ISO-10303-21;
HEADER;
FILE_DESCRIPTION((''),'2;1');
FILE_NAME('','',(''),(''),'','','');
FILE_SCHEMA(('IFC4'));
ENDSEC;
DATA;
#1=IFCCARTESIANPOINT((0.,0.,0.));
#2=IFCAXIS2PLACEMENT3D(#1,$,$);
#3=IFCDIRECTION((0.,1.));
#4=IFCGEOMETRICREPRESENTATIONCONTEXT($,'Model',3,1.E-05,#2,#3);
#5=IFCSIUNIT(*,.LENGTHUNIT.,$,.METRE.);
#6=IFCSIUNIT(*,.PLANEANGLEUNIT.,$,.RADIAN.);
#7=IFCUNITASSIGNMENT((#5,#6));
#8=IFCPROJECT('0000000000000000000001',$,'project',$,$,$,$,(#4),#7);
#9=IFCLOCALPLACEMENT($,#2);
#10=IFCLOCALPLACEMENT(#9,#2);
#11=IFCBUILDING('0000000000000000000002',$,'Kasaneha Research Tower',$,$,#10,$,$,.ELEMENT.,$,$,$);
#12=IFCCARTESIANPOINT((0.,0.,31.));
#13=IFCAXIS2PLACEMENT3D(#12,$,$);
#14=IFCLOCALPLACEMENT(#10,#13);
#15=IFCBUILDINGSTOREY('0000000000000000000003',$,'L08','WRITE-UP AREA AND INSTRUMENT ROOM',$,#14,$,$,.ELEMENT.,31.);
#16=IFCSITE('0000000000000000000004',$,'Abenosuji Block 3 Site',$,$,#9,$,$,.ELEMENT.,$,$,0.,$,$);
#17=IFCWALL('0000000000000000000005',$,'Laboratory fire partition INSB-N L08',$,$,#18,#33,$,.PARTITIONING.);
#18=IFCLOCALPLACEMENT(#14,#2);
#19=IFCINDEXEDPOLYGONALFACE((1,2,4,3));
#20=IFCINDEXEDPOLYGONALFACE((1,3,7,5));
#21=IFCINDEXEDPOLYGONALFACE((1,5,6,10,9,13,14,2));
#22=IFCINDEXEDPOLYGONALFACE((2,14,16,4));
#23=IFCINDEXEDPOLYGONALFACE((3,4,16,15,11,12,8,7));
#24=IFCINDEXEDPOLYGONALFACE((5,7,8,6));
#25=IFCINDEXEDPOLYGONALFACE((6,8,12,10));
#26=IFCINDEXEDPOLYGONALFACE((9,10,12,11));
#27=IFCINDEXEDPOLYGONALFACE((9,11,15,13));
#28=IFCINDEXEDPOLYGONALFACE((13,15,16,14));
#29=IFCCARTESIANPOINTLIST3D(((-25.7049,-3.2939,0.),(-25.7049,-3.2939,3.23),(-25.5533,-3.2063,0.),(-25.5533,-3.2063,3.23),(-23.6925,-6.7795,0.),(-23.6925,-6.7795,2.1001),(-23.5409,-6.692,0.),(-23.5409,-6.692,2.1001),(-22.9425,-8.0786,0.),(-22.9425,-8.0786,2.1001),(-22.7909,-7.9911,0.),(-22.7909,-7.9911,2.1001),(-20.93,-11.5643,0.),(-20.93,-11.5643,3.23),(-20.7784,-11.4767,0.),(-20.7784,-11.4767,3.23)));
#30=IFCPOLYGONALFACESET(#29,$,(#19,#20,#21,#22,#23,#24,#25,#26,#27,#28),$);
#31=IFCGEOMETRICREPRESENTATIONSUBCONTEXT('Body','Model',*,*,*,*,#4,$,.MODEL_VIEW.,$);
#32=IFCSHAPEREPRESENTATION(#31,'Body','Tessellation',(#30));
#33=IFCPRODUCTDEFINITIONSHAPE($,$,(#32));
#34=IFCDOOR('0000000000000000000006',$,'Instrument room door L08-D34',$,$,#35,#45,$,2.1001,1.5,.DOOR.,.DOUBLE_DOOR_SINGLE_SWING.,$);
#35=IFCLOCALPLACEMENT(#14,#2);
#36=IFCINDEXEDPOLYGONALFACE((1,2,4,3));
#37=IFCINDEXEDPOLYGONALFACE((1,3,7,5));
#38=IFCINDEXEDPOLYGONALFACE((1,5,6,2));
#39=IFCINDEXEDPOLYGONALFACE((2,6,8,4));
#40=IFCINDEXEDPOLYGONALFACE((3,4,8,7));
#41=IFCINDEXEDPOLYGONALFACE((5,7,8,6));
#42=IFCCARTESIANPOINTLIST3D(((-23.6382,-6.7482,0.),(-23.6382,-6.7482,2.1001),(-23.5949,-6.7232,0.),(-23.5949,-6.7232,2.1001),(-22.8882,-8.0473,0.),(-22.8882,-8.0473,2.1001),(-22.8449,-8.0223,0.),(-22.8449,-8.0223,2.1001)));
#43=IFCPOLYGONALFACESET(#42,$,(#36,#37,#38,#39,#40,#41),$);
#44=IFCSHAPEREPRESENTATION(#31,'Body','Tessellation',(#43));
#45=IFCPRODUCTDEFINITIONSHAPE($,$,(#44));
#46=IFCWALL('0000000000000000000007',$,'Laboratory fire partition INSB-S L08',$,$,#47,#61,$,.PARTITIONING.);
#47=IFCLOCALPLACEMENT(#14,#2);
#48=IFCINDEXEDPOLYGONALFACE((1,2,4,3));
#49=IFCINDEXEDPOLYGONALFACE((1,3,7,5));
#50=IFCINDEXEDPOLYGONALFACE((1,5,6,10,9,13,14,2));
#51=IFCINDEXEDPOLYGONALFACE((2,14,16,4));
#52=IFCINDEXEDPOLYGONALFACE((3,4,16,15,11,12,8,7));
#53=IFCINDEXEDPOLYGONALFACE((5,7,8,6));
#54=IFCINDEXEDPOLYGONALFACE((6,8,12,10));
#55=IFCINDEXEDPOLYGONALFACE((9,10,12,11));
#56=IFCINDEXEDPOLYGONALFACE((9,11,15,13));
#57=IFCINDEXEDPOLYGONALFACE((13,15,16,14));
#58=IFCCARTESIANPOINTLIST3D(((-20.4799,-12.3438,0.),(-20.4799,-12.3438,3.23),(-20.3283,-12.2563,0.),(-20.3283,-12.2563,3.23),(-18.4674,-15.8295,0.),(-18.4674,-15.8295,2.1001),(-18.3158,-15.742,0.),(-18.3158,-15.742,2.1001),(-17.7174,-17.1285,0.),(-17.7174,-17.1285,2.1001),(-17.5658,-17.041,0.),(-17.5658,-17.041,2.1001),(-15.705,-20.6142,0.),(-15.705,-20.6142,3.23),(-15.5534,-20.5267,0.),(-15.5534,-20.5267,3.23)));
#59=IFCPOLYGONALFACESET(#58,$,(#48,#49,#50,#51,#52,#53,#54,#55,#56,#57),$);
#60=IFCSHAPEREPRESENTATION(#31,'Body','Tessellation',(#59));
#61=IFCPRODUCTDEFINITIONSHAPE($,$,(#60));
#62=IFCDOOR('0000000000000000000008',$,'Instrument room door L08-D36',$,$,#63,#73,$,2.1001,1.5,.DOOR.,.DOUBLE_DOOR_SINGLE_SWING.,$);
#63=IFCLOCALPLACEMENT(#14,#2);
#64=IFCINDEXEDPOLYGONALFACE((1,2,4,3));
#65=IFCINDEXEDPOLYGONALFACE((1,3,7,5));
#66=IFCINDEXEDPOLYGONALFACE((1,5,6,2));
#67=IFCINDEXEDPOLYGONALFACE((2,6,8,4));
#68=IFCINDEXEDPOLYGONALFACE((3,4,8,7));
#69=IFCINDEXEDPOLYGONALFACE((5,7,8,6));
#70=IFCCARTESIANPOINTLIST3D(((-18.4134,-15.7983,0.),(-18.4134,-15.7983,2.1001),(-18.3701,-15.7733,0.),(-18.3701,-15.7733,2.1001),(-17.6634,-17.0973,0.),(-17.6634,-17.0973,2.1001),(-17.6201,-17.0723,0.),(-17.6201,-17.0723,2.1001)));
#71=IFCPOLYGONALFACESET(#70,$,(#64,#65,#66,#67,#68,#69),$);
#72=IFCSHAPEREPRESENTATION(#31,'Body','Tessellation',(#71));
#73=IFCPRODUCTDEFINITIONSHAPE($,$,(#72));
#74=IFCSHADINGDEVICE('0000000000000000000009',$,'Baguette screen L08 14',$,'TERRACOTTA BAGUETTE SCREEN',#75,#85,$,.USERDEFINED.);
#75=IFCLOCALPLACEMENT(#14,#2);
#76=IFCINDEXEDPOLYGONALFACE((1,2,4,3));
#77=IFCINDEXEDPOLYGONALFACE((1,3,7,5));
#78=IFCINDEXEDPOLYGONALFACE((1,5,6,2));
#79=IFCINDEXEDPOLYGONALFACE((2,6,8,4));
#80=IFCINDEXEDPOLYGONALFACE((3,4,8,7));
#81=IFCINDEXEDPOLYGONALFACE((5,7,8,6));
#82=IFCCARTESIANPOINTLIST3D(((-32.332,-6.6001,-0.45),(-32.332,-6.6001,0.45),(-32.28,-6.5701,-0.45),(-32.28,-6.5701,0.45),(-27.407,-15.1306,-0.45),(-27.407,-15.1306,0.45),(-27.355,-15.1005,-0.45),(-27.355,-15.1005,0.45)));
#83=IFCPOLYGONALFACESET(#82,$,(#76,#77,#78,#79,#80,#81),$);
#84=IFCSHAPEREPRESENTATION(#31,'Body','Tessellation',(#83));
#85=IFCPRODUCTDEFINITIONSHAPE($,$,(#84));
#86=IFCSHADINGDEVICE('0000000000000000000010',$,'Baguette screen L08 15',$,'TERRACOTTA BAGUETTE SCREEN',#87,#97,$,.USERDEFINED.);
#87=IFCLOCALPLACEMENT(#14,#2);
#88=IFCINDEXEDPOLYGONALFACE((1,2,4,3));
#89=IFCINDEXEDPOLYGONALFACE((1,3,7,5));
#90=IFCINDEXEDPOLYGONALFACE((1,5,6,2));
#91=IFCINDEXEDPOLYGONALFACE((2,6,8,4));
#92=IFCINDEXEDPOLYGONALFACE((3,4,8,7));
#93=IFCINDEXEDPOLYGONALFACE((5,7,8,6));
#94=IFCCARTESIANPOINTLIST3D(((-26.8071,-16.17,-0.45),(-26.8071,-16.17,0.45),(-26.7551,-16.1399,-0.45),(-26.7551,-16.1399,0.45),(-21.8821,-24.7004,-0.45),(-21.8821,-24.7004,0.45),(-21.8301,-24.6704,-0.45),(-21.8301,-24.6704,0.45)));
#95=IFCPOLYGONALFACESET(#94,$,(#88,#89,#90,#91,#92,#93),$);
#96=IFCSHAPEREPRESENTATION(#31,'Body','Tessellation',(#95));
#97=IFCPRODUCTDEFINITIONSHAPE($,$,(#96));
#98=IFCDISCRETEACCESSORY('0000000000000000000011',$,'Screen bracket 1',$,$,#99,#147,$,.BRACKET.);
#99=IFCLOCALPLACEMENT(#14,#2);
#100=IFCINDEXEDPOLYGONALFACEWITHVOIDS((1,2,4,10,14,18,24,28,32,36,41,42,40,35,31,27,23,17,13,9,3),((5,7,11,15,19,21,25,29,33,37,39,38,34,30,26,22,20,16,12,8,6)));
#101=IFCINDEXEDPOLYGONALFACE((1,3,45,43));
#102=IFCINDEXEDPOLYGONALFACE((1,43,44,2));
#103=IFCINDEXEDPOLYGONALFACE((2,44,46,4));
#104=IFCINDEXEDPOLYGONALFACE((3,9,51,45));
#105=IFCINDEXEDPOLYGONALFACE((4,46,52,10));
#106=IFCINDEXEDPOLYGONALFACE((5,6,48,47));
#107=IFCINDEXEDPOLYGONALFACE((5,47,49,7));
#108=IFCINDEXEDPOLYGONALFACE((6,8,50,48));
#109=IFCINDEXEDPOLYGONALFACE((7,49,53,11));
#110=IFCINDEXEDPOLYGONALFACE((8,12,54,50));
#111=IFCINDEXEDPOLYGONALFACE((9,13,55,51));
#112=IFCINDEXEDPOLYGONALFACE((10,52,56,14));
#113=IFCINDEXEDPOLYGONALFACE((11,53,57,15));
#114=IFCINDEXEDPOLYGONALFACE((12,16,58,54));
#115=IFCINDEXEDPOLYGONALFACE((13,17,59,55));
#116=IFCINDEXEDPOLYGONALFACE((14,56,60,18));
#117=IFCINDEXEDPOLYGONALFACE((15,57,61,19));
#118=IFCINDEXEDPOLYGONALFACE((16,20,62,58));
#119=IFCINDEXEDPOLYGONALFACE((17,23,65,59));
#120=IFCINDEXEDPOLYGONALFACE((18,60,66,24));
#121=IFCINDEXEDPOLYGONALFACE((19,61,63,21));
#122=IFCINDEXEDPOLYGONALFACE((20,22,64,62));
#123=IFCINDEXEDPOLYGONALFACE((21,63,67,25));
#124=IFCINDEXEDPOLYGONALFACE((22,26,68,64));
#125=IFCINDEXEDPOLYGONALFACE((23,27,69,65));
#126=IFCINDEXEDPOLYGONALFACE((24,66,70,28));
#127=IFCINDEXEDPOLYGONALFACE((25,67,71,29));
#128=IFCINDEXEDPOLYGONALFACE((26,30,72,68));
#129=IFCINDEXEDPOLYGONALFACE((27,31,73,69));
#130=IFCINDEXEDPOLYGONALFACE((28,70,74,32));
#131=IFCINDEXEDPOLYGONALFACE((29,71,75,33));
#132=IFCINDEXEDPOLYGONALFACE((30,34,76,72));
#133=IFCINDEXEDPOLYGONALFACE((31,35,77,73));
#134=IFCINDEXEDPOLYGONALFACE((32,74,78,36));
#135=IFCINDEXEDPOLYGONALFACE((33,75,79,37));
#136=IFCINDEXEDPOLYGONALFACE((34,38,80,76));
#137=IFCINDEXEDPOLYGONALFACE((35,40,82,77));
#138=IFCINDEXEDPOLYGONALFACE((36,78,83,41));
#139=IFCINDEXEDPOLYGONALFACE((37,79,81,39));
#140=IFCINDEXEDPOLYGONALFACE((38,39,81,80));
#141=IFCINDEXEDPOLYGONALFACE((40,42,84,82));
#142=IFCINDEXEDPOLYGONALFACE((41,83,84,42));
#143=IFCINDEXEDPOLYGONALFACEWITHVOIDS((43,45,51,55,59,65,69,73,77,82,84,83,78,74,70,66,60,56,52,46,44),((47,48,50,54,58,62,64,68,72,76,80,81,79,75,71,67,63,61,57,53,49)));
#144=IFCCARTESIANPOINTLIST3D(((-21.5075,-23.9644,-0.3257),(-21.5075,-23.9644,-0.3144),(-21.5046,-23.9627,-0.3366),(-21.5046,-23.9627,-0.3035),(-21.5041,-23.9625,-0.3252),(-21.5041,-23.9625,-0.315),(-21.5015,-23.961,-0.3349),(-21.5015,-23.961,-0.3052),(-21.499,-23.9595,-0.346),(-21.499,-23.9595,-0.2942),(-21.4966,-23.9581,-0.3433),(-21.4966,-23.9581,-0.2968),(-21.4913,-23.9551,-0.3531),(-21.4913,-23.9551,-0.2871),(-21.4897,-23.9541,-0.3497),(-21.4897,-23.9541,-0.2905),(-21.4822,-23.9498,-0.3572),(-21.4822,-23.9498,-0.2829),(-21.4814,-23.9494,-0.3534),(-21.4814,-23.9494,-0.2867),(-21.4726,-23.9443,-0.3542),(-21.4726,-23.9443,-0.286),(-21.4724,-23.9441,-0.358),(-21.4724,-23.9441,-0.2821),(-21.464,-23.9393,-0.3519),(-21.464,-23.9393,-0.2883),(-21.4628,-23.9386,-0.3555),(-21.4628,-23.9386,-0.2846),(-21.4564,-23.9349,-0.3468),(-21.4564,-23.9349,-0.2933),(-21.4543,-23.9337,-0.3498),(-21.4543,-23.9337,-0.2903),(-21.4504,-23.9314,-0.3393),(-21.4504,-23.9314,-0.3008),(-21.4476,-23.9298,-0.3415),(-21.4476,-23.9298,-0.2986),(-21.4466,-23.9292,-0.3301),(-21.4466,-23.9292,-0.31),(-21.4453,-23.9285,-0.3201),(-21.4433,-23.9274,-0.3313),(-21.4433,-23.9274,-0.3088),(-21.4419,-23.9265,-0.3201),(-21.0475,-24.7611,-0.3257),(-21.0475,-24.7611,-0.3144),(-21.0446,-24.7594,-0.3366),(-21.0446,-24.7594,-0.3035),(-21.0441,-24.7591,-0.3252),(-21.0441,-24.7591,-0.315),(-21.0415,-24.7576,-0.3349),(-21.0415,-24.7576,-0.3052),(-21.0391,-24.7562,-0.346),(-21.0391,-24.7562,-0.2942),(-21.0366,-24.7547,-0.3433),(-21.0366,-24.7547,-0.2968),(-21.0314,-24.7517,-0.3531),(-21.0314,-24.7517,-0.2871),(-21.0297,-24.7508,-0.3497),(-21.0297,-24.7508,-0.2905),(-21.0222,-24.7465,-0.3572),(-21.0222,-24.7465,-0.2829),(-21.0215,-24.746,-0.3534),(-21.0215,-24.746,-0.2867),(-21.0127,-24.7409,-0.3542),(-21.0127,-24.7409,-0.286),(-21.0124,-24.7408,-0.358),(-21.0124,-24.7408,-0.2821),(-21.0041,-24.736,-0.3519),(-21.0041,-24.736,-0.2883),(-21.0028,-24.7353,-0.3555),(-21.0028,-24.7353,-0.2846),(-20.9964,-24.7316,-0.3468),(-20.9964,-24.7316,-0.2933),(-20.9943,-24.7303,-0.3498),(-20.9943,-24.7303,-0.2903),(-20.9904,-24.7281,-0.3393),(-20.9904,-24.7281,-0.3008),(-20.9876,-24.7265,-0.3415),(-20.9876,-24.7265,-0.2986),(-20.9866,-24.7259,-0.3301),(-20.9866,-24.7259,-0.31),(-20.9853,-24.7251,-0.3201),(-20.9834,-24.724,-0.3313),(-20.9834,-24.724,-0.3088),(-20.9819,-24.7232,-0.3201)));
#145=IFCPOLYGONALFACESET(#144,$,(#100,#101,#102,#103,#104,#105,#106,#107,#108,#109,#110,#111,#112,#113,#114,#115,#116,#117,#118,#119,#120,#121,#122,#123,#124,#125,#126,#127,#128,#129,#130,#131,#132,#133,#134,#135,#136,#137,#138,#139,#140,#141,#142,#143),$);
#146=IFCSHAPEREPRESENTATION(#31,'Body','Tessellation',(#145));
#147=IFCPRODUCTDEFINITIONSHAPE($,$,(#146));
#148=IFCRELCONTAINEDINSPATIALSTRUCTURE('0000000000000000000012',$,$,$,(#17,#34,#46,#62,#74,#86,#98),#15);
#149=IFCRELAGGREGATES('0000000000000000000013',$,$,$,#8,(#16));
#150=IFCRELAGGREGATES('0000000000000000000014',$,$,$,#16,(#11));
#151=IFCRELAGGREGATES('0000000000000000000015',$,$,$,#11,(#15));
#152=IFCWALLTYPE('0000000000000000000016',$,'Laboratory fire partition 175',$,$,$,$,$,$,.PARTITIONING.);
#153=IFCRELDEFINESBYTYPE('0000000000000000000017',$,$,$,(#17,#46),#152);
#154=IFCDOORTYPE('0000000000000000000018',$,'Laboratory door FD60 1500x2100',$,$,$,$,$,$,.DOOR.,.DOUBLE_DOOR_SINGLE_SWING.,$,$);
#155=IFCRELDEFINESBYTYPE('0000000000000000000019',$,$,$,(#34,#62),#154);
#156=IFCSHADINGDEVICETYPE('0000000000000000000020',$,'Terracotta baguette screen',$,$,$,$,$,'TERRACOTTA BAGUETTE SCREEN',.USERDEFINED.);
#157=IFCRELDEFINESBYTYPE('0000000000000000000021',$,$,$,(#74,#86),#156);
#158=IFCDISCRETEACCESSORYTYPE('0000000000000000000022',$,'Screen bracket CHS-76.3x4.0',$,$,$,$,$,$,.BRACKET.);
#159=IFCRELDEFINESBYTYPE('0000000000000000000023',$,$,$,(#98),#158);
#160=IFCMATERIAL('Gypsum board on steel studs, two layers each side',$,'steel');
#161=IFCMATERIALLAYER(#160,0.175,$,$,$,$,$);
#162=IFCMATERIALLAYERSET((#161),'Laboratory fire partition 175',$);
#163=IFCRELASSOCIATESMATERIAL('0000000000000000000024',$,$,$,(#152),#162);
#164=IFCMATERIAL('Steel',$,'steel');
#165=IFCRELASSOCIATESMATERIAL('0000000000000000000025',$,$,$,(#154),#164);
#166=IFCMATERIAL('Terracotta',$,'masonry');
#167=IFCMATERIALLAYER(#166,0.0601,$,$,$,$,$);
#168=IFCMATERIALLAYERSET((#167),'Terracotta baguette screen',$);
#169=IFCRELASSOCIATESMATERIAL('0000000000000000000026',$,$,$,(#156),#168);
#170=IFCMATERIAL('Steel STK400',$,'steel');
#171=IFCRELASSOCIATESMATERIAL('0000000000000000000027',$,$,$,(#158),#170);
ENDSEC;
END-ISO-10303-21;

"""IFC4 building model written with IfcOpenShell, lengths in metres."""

from ifc_helpers import new_model, si_unit, direction, frame, frame_2d, origin, origin_2d, place, context, subcontext, project, spatial, rectangle, hollow_circle, extrude, material, layer, layer_set, material_profile, profile_set, type_object, element, fill, save


model = new_model("IFC4")

# Units and contexts
model_context = context("Model", 3, precision=1e-05, world=origin(), true_north=direction((0.0, 1.0)))
body_context = subcontext(model_context, "Body", "Model", "MODEL_VIEW")
ifc_project = project(units=[si_unit("LENGTHUNIT", "METRE"), si_unit("PLANEANGLEUNIT", "RADIAN")], contexts=[model_context])

# Site, building, storey
site_placement = place(None, origin())
site = spatial("IfcSite", under=ifc_project, at=site_placement, Name="Abenosuji Block 3 Site", CompositionType="ELEMENT", RefElevation=0.0)
building_placement = place(site_placement, origin())
building = spatial("IfcBuilding", under=site, at=building_placement, Name="Kasaneha Research Tower", CompositionType="ELEMENT")
storey_placement = place(building_placement, frame((0.0, 0.0, 31.0)))
storey = spatial("IfcBuildingStorey", under=building, at=storey_placement, Name="L08", Description="WRITE-UP AREA AND INSTRUMENT ROOM", CompositionType="ELEMENT", Elevation=31.0)

# Walls, openings, doors
ifc_material_1 = material(Name="Gypsum board on steel studs, two layers each side", Category="steel")
ifc_layer_1 = layer(ifc_material_1, 0.175)
ifc_layer_set_1 = layer_set([ifc_layer_1], Name="Laboratory fire partition 175")
wall_type = type_object("IfcWallType", Name="Laboratory fire partition 175", PredefinedType="PARTITIONING", material=ifc_layer_set_1)
wall_1_placement = place(storey_placement, frame((-20.8542, -11.5205, 0.0), z_axis=(0.0, 0.0, 1.0), x_axis=(-0.499994, 0.866029, 0.0)))
wall_1 = element("IfcWall", 1, at=wall_1_placement, inside=storey, type_object=wall_type, Name="Laboratory fire partition INSB-N L08", PredefinedType="PARTITIONING", context=body_context, shape_type="SweptSolid", body=[
    extrude(rectangle(XDim=9.5498, YDim=0.175, at=frame_2d((4.7749, 0.0))), origin(), (0.0, 0.0, 1.0), 3.23),
])
opening_1_placement = place(wall_1_placement, frame((4.0249, 0.0, 0.0)))
opening_1 = element("IfcOpeningElement", 2, at=opening_1_placement, cuts=wall_1, PredefinedType="OPENING", context=body_context, shape_type="SweptSolid", body=[
    extrude(rectangle(XDim=1.5, YDim=2.1001, at=frame_2d((0.75, 1.05))), frame((0.0, 0.0977, 0.0), z_axis=(0.0, -1.0, 0.0), x_axis=(1.0, 0.0, 0.0)), (0.0, 0.0, 1.0), 0.1951),
])
ifc_material_2 = material(Name="Steel", Category="steel")
door_type = type_object("IfcDoorType", Name="Laboratory door FD60 1500x2100", OperationType="DOUBLE_DOOR_SINGLE_SWING", PredefinedType="DOOR", material=ifc_material_2)
door_1_placement = place(opening_1_placement, origin())
door_1 = element("IfcDoor", 3, at=door_1_placement, inside=storey, type_object=door_type, Name="Instrument room door L08-D34", OperationType="DOUBLE_DOOR_SINGLE_SWING", OverallHeight=2.1001, OverallWidth=1.5, PredefinedType="DOOR", context=body_context, shape_type="SweptSolid", body=[
    extrude(rectangle(XDim=1.5, YDim=2.1001, at=frame_2d((0.75, 1.05))), frame((0.0, 0.0249, 0.0), z_axis=(0.0, -1.0, 0.0), x_axis=(1.0, 0.0, 0.0)), (0.0, 0.0, 1.0), 0.05),
])
fill(opening_1, door_1)
wall_2_placement = place(storey_placement, frame((-20.4041, -12.3, 0.0), z_axis=(0.0, 0.0, 1.0), x_axis=(0.499994, -0.866029, 0.0)))
wall_2 = element("IfcWall", 4, at=wall_2_placement, inside=storey, type_object=wall_type, Name="Laboratory fire partition INSB-S L08", PredefinedType="PARTITIONING", context=body_context, shape_type="SweptSolid", body=[
    extrude(rectangle(XDim=9.5498, YDim=0.175, at=frame_2d((4.7749, 0.0))), origin(), (0.0, 0.0, 1.0), 3.23),
])
opening_2_placement = place(wall_2_placement, frame((4.0249, 0.0, 0.0)))
opening_2 = element("IfcOpeningElement", 5, at=opening_2_placement, cuts=wall_2, PredefinedType="OPENING", context=body_context, shape_type="SweptSolid", body=[
    extrude(rectangle(XDim=1.5, YDim=2.1001, at=frame_2d((0.75, 1.05))), frame((0.0, 0.0977, 0.0), z_axis=(0.0, -1.0, 0.0), x_axis=(1.0, 0.0, 0.0)), (0.0, 0.0, 1.0), 0.1951),
])
door_2_placement = place(opening_2_placement, origin())
door_2 = element("IfcDoor", 6, at=door_2_placement, inside=storey, type_object=door_type, Name="Instrument room door L08-D36", OperationType="DOUBLE_DOOR_SINGLE_SWING", OverallHeight=2.1001, OverallWidth=1.5, PredefinedType="DOOR", context=body_context, shape_type="SweptSolid", body=[
    extrude(rectangle(XDim=1.5, YDim=2.1001, at=frame_2d((0.75, 1.05))), frame((0.0, 0.0249, 0.0), z_axis=(0.0, -1.0, 0.0), x_axis=(1.0, 0.0, 0.0)), (0.0, 0.0, 1.0), 0.05),
])
fill(opening_2, door_2)

# Shading devices
ifc_material_3 = material(Name="Terracotta", Category="masonry")
ifc_layer_2 = layer(ifc_material_3, 0.0601)
ifc_layer_set_2 = layer_set([ifc_layer_2], Name="Terracotta baguette screen")
shading_device_type = type_object("IfcShadingDeviceType", Name="Terracotta baguette screen", ElementType="TERRACOTTA BAGUETTE SCREEN", PredefinedType="USERDEFINED", material=ifc_layer_set_2)
for number, where, z_axis, x_axis, name in (
    (7, (-29.8435, -10.8503, -0.45), (0.0, 0.0, 1.0), (0.5, -0.866025, 0.0), "Baguette screen L08 14"),
    (8, (-24.3186, -20.4202, -0.45), (0.0, 0.0, 1.0), (0.5, -0.866025, 0.0), "Baguette screen L08 15"),
):
    element("IfcShadingDevice", number, at=place(storey_placement, frame(where, z_axis=z_axis, x_axis=x_axis)), inside=storey, type_object=shading_device_type, Name=name, ObjectType="TERRACOTTA BAGUETTE SCREEN", PredefinedType="USERDEFINED", context=body_context, shape_type="SweptSolid", body=[
        extrude(rectangle(XDim=9.8501, YDim=0.0601, at=origin_2d()), origin(), (0.0, 0.0, 1.0), 0.8999),
    ])

# Discrete accessory
ifc_material_4 = material(Name="Steel STK400", Category="steel")
ifc_material_profile_1 = material_profile(ifc_material_4, hollow_circle(Radius=0.0381, WallThickness=0.0039, at=origin_2d()), Name="CHS-76.3x4.0")
ifc_profile_set_1 = profile_set([ifc_material_profile_1], Name="Steel STK400")
discrete_accessory_type = type_object("IfcDiscreteAccessoryType", Name="Screen bracket CHS-76.3x4.0", PredefinedType="BRACKET", material=ifc_profile_set_1)
for number, where, z_axis, x_axis, name in (
    (9, (-21.4749, -23.9456, -0.3201), (0.500021, -0.866013, 0.0), (0.866013, 0.500021, 0.0), "Screen bracket 1"),
):
    element("IfcDiscreteAccessory", number, at=place(storey_placement, frame(where, z_axis=z_axis, x_axis=x_axis)), inside=storey, type_object=discrete_accessory_type, Name=name, PredefinedType="BRACKET", context=body_context, shape_type="SweptSolid", body=[
        extrude(hollow_circle(Radius=0.0381, WallThickness=0.0039, at=origin_2d()), origin(), (0.0, 0.0, 1.0), 0.9199),
    ])

save(model, "model.ifc")
